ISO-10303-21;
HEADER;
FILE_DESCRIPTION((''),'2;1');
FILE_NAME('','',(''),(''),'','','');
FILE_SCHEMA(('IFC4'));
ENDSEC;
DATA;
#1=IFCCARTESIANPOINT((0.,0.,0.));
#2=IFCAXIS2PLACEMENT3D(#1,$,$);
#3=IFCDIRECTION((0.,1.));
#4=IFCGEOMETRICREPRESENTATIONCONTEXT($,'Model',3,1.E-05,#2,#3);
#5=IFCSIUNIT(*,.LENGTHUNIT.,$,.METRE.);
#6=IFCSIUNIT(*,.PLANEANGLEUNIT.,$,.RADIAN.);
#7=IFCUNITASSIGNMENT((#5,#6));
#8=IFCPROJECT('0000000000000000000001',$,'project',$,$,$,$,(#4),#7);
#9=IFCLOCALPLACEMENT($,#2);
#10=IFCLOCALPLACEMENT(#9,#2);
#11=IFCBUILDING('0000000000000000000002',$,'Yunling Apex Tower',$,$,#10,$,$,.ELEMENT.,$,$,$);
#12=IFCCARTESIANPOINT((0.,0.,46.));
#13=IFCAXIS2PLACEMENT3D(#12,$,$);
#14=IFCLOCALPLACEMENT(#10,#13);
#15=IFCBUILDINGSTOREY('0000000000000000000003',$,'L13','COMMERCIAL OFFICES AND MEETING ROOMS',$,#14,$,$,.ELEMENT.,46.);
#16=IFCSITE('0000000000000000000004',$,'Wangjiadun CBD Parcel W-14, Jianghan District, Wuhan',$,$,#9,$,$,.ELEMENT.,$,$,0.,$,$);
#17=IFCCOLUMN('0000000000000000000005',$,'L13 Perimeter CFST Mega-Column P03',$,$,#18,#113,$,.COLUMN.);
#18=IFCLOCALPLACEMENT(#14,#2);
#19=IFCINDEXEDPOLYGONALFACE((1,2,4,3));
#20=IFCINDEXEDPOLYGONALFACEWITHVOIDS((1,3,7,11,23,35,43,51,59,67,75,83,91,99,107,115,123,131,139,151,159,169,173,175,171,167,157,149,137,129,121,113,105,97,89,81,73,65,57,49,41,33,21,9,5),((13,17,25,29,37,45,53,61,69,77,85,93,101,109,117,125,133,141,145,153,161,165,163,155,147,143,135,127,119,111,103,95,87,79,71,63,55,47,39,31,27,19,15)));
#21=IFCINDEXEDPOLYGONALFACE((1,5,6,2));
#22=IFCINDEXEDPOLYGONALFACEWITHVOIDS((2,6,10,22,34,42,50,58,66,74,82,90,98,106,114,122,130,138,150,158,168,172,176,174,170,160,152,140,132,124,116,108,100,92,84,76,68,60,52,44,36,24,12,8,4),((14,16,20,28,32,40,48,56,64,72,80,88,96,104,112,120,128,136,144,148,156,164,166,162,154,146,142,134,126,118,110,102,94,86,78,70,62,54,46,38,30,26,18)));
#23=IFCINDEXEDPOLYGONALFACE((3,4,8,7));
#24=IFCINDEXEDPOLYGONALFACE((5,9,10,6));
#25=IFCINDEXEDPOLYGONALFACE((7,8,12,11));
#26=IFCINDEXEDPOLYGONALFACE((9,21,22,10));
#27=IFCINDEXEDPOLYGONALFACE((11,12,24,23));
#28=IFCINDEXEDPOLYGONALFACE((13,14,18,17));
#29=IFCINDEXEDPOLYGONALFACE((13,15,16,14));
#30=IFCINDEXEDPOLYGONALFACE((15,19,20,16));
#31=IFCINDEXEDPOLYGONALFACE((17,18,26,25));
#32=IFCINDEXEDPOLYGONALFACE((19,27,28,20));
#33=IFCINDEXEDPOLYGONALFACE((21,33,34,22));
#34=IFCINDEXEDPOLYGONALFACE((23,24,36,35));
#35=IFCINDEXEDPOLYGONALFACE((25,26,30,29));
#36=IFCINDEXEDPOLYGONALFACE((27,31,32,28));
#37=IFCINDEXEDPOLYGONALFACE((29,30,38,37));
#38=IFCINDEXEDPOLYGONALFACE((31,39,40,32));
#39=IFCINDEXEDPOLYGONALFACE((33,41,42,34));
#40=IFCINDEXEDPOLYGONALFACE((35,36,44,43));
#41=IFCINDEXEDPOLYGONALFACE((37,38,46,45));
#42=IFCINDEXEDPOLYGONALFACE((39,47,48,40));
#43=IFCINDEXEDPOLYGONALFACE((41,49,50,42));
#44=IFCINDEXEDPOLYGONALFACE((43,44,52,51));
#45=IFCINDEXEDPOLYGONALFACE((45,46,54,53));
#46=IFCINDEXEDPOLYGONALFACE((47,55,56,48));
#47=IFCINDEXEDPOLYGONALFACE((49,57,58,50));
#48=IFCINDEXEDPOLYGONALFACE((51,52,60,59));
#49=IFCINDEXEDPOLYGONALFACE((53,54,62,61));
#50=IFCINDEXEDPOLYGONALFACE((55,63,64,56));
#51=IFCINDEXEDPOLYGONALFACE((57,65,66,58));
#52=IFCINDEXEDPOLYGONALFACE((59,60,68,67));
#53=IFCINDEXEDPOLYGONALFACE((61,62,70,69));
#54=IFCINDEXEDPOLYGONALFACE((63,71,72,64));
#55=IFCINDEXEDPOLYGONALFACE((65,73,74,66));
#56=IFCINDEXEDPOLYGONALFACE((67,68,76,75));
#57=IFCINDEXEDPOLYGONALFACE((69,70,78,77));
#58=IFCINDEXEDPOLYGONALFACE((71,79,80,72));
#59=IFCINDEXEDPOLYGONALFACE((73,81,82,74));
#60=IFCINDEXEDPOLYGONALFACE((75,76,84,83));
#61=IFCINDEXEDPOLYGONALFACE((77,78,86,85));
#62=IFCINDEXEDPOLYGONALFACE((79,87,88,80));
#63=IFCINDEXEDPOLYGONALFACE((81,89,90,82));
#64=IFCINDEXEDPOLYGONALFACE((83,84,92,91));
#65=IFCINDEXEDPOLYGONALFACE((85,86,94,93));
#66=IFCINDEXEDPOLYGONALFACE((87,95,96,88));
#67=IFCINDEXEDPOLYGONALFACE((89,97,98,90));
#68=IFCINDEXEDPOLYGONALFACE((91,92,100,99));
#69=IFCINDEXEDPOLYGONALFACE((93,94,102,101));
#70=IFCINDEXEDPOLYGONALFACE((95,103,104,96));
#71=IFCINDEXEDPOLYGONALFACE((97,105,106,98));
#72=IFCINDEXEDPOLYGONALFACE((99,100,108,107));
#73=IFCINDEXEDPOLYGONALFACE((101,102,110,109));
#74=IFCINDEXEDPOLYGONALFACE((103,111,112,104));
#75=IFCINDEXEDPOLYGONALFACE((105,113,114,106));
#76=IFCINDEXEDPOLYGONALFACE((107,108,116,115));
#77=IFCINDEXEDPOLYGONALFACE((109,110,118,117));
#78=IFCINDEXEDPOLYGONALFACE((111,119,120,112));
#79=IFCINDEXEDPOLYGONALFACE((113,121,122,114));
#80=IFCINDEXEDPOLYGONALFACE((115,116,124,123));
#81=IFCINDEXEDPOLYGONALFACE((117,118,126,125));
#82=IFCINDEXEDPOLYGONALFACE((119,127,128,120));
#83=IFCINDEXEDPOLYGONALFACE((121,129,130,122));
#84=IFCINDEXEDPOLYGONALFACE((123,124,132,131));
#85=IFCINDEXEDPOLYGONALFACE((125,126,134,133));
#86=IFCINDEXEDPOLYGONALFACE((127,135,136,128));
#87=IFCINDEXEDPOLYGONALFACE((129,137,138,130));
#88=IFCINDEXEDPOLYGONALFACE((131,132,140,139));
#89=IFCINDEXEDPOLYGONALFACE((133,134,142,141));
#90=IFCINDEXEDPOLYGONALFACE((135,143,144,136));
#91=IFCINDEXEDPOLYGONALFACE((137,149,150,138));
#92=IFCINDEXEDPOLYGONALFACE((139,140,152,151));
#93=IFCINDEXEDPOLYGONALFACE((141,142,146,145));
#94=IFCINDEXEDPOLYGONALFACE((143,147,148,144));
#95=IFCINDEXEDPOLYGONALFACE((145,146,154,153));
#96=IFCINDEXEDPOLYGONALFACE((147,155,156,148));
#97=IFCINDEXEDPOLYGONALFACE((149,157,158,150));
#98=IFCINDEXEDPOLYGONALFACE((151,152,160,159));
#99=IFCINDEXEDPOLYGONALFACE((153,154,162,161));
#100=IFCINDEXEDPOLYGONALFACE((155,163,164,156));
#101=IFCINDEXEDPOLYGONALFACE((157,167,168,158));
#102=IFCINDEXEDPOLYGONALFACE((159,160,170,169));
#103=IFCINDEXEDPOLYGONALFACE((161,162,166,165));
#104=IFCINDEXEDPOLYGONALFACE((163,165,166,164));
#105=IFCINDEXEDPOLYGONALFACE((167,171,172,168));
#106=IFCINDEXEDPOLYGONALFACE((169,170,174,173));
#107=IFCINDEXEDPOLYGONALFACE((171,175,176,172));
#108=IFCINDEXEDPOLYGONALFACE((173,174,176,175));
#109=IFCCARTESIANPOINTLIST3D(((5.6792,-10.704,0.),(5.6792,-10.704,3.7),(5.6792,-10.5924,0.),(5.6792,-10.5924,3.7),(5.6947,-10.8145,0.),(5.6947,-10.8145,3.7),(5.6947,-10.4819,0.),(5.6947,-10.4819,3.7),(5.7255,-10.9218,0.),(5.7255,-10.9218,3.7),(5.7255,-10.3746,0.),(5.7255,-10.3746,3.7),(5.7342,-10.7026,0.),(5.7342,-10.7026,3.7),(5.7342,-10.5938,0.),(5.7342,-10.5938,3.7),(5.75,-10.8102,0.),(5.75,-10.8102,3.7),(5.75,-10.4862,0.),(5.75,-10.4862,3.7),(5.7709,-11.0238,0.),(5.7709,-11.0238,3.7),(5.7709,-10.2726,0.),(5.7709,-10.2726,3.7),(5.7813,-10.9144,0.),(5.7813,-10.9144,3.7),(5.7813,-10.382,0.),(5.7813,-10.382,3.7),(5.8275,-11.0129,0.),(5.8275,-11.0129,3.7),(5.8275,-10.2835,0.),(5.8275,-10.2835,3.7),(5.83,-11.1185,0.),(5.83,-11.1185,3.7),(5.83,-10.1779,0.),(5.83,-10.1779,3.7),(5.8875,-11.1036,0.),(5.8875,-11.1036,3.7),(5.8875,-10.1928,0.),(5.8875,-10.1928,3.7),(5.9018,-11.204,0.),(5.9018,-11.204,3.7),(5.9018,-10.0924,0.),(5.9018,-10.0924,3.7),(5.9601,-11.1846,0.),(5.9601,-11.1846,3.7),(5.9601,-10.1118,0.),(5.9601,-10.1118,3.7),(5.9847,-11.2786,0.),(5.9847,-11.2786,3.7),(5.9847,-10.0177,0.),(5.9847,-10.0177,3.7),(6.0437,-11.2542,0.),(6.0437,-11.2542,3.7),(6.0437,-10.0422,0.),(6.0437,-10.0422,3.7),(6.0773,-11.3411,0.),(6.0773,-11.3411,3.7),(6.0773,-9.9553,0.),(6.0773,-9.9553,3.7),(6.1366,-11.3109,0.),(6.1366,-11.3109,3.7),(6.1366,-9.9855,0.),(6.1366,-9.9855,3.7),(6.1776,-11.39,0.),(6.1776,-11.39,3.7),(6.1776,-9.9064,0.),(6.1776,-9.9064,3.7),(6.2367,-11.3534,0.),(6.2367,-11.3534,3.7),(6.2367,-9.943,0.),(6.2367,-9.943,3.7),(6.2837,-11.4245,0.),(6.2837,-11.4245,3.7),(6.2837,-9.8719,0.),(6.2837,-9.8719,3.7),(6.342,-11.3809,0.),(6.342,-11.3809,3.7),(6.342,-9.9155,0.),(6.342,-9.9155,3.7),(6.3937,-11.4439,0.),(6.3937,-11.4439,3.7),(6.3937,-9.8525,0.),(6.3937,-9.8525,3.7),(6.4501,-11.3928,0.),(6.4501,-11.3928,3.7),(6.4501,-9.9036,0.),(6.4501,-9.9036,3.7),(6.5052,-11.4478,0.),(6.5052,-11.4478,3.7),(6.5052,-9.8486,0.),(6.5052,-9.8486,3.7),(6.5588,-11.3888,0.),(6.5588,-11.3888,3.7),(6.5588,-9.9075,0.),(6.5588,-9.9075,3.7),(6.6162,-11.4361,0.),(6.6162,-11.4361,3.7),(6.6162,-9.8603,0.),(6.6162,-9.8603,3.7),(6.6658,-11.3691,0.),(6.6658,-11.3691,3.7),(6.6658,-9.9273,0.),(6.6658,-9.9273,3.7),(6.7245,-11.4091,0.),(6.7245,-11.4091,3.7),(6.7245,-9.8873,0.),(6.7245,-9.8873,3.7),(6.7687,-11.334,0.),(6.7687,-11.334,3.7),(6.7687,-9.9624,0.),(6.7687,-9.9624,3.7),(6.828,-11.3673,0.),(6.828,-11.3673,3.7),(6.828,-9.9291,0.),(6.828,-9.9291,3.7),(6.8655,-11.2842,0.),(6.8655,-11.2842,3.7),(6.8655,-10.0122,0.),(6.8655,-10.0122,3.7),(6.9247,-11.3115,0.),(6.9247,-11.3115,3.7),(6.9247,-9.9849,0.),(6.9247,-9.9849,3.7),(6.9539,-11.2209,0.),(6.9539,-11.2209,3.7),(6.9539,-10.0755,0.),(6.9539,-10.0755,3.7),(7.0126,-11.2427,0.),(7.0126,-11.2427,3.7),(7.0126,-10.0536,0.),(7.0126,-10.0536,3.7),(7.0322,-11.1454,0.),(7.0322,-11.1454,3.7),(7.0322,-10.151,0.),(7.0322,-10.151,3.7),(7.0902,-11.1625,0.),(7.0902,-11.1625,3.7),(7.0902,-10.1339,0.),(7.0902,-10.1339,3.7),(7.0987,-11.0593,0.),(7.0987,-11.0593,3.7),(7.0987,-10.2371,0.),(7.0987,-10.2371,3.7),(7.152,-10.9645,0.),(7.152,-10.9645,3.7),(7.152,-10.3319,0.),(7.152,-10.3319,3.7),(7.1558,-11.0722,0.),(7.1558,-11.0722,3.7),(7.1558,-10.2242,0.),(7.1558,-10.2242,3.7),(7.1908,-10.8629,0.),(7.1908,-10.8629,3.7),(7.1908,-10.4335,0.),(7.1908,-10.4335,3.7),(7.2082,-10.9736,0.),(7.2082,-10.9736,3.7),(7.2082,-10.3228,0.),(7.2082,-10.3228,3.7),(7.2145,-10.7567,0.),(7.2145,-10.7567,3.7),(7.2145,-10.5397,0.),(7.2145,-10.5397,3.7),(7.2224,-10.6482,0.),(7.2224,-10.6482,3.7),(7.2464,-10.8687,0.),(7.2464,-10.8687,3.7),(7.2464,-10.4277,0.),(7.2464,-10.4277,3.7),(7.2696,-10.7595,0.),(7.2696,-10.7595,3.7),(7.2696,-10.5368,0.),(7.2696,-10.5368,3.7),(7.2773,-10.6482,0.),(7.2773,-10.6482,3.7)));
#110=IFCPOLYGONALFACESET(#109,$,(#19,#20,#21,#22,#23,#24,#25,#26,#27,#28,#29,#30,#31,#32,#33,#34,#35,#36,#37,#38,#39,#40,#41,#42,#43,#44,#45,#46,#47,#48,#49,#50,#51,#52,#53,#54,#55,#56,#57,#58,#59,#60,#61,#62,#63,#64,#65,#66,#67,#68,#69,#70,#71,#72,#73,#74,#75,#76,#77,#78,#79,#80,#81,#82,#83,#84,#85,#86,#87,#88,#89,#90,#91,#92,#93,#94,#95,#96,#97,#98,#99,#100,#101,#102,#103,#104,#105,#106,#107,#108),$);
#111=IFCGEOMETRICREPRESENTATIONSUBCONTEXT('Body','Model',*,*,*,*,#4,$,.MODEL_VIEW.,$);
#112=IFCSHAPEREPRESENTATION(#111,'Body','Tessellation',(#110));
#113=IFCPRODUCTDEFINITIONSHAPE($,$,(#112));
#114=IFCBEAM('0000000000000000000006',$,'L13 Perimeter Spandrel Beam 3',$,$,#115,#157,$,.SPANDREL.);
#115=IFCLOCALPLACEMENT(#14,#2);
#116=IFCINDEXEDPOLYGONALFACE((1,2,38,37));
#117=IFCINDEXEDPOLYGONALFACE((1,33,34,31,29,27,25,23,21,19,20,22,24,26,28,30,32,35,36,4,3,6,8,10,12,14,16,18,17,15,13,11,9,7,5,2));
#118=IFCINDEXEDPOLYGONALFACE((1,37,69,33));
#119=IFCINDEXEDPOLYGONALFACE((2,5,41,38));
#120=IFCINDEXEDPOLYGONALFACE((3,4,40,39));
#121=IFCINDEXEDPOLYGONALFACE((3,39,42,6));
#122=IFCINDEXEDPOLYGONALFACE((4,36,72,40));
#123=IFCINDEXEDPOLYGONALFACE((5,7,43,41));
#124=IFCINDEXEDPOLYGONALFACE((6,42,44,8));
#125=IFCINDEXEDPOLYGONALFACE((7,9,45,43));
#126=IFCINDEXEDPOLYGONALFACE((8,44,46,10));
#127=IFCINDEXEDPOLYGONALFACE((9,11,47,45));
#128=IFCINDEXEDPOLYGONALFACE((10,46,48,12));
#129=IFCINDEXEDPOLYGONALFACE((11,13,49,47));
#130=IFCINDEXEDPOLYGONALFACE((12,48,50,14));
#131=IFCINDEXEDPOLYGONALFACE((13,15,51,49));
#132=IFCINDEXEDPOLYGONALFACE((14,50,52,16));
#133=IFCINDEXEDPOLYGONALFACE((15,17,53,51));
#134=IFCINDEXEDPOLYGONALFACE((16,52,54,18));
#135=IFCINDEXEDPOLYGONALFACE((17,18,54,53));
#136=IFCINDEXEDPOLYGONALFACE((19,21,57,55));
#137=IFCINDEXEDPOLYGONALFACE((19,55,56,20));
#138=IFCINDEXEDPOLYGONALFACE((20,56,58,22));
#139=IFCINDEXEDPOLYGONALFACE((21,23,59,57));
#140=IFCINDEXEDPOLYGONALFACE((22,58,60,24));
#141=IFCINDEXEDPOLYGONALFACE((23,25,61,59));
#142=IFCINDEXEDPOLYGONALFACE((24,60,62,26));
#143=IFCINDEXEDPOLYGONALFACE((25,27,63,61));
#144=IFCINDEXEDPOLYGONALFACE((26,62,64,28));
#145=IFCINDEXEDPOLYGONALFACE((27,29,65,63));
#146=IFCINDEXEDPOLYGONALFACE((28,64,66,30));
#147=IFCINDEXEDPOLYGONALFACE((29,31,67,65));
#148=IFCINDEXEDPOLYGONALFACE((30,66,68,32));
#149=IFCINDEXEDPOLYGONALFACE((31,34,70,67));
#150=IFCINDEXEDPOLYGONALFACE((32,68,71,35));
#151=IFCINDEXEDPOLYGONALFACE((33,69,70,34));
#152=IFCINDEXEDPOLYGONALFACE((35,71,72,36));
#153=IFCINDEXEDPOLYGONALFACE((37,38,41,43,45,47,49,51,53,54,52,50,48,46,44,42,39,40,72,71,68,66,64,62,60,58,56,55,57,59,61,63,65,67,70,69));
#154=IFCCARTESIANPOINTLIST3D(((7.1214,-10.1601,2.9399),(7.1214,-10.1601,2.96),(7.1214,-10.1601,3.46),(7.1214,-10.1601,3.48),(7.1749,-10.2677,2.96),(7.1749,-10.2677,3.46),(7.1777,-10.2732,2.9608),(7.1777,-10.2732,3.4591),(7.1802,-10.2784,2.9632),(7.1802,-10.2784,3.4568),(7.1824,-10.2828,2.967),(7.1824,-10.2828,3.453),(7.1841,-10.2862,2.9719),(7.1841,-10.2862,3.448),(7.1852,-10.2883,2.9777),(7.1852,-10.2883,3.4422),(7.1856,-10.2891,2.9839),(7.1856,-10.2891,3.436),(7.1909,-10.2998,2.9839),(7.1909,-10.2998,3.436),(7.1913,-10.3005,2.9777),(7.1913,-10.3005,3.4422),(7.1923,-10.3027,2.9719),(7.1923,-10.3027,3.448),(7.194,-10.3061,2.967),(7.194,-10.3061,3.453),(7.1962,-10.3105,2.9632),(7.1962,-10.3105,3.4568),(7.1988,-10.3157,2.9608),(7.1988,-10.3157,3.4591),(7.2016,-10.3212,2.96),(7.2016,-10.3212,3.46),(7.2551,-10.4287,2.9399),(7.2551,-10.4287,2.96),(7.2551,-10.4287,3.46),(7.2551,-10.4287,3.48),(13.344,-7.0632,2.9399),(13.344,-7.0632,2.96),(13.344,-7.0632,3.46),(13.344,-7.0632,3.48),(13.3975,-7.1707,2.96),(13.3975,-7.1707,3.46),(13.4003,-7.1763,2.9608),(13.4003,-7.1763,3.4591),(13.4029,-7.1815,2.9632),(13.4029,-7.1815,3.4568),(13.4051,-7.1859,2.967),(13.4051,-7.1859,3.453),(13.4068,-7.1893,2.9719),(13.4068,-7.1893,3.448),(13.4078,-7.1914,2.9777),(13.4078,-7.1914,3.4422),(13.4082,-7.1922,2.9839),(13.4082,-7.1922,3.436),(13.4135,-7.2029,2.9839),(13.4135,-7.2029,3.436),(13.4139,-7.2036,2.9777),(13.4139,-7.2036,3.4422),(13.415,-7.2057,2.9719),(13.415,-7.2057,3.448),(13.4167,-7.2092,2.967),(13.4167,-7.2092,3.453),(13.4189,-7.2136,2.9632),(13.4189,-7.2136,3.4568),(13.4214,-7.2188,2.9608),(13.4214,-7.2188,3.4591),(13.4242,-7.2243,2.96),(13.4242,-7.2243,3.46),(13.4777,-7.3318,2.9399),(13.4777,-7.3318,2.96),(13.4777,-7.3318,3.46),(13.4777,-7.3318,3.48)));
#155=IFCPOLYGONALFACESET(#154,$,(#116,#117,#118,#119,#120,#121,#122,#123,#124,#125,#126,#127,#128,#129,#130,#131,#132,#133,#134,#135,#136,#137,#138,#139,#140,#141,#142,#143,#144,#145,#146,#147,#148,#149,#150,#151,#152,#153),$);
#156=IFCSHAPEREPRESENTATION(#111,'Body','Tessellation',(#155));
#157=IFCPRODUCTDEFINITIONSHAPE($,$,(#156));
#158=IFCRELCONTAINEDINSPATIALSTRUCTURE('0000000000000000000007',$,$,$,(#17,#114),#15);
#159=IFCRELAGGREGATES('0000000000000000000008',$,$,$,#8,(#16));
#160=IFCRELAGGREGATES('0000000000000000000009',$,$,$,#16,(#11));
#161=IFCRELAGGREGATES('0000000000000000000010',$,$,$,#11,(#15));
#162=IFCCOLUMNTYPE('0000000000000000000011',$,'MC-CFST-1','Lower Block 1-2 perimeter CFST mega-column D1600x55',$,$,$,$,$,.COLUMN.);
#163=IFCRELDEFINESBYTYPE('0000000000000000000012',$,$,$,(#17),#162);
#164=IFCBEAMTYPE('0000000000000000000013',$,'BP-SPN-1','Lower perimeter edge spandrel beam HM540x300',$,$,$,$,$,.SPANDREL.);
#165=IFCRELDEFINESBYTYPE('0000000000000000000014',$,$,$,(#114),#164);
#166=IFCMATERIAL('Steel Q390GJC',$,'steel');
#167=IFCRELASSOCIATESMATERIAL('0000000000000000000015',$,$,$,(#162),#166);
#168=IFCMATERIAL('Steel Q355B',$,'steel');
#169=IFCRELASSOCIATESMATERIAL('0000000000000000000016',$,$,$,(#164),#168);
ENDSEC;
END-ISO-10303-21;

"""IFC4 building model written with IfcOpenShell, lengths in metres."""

from ifc_helpers import new_model, si_unit, direction, frame, origin, origin_2d, place, context, subcontext, project, spatial, hollow_circle, i_section, extrude, source, transform, mapped, material, material_profile, profile_set, type_object, element, save


model = new_model("IFC4")

# Units and contexts
model_context = context("Model", 3, precision=1e-05, world=origin(), true_north=direction((0.0, 1.0)))
body_context = subcontext(model_context, "Body", "Model", "MODEL_VIEW")
ifc_project = project(units=[si_unit("LENGTHUNIT", "METRE"), si_unit("PLANEANGLEUNIT", "RADIAN")], contexts=[model_context])

# Site, building, storey
site_placement = place(None, origin())
site = spatial("IfcSite", under=ifc_project, at=site_placement, Name="Wangjiadun CBD Parcel W-14, Jianghan District, Wuhan", CompositionType="ELEMENT", RefElevation=0.0)
building_placement = place(site_placement, origin())
building = spatial("IfcBuilding", under=site, at=building_placement, Name="Yunling Apex Tower", CompositionType="ELEMENT")
storey_placement = place(building_placement, frame((0.0, 0.0, 46.0)))
storey = spatial("IfcBuildingStorey", under=building, at=storey_placement, Name="L13", Description="COMMERCIAL OFFICES AND MEETING ROOMS", CompositionType="ELEMENT", Elevation=46.0)

# Column
ifc_material_1 = material(Name="Steel Q390GJC", Category="steel")
ifc_material_profile_1 = material_profile(ifc_material_1, hollow_circle(Radius=0.8, WallThickness=0.0549, at=origin_2d()))
ifc_profile_set_1 = profile_set([ifc_material_profile_1], Name="Steel Q390GJC")
column_type = type_object("IfcColumnType", Name="MC-CFST-1", Description="Lower Block 1-2 perimeter CFST mega-column D1600x55", PredefinedType="COLUMN", material=ifc_profile_set_1)
shared_shape_1 = source(origin(), body_context, "Body", "SweptSolid", [
    extrude(hollow_circle(Radius=0.8, WallThickness=0.0549, at=origin_2d()), origin(), (0.0, 0.0, 1.0), 3.7),
])
column_placement = place(storey_placement, frame((6.4773, -10.6482, 0.0), z_axis=(0.0, 0.0, 1.0), x_axis=(1.0, 0.0, 0.0)))
element("IfcColumn", 1, at=column_placement, inside=storey, type_object=column_type, Name="L13 Perimeter CFST Mega-Column P03", PredefinedType="COLUMN", context=body_context, shape_type="MappedRepresentation", body=[
    mapped(shared_shape_1, transform((0.0, 0.0, 0.0), scale=1.0)),
])

# Beam
ifc_material_2 = material(Name="Steel Q355B", Category="steel")
ifc_material_profile_2 = material_profile(ifc_material_2, i_section(OverallWidth=0.3, OverallDepth=0.54, WebThickness=0.012, FlangeThickness=0.02, FilletRadius=0.0239, at=origin_2d()))
ifc_profile_set_2 = profile_set([ifc_material_profile_2], Name="Steel Q355B")
beam_type_1 = type_object("IfcBeamType", Name="BP-SPN-1", Description="Lower perimeter edge spandrel beam HM540x300", PredefinedType="SPANDREL", material=ifc_profile_set_2)
shared_shape_2 = source(origin(), body_context, "Body", "SweptSolid", [
    extrude(i_section(OverallWidth=0.3, OverallDepth=0.54, WebThickness=0.012, FlangeThickness=0.02, FilletRadius=0.0239, at=origin_2d()), origin(), (0.0, 0.0, 1.0), 6.9507),
])
beam_1_placement = place(storey_placement, frame((7.1882, -10.2944, 3.21), z_axis=(0.895255, 0.445555, 0.0), x_axis=(-0.445555, 0.895255, 0.0)))
element("IfcBeam", 2, at=beam_1_placement, inside=storey, type_object=beam_type_1, Name="L13 Perimeter Spandrel Beam 3", PredefinedType="SPANDREL", context=body_context, shape_type="MappedRepresentation", body=[
    mapped(shared_shape_2, transform((0.0, 0.0, 0.0), scale=1.0)),
])

save(model, "model.ifc")
